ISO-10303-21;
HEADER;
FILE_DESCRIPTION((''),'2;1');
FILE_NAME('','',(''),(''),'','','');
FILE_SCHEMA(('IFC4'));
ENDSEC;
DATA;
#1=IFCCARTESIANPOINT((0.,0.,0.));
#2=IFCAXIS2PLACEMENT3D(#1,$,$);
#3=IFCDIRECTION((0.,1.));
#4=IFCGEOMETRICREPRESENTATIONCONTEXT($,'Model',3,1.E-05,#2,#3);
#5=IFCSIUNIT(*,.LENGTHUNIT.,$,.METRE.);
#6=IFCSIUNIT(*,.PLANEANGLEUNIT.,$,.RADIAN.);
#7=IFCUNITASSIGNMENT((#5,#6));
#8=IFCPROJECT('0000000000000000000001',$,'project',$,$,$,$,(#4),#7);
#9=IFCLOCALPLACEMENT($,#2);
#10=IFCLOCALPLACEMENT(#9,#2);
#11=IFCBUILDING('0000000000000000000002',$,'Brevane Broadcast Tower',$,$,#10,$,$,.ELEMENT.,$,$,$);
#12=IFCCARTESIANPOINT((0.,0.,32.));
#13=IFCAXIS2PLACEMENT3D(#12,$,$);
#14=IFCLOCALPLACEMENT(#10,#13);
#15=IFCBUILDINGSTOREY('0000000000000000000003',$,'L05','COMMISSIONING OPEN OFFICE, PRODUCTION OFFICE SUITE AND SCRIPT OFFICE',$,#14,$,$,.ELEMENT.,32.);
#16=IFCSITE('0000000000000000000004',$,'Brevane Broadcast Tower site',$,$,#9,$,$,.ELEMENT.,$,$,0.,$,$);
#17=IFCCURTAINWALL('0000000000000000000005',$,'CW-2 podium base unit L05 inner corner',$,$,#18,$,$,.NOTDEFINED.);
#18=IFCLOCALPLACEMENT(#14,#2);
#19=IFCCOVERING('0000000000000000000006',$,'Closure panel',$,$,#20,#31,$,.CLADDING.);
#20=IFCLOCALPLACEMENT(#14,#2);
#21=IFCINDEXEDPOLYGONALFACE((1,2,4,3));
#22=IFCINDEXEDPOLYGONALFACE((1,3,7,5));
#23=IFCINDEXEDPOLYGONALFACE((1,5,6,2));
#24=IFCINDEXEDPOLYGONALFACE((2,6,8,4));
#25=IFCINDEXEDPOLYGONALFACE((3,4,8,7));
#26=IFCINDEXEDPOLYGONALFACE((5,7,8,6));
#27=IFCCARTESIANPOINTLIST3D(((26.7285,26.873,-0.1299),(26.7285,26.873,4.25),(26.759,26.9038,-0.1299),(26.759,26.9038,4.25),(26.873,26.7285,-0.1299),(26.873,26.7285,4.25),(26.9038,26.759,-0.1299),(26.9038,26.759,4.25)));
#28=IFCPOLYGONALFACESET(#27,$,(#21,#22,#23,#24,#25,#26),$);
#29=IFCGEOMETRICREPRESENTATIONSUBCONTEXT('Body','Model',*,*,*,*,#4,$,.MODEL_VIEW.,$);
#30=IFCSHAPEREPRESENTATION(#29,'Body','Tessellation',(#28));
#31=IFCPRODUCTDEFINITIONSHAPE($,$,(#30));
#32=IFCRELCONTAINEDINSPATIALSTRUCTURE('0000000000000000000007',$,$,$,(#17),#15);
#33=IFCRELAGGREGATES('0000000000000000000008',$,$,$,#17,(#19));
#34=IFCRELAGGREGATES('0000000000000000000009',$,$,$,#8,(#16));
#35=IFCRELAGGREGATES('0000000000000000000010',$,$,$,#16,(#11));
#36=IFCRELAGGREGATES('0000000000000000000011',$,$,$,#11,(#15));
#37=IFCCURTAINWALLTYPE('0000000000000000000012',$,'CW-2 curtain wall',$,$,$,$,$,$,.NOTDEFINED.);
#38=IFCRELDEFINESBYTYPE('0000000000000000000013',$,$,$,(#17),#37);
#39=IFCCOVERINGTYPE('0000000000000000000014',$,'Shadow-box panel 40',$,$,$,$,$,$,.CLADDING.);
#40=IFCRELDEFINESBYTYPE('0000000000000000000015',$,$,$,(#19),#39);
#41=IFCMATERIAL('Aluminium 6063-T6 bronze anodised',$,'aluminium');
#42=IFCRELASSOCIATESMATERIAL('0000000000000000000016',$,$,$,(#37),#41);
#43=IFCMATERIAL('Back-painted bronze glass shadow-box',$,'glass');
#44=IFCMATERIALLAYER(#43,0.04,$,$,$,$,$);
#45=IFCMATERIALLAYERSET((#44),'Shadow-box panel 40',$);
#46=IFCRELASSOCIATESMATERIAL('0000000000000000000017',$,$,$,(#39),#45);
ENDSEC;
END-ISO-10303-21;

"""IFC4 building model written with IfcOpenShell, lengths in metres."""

from ifc_helpers import new_model, si_unit, direction, frame, origin, place, context, subcontext, project, spatial, polyline, outline, extrude, material, layer, layer_set, type_object, element, aggregate, save


model = new_model("IFC4")

# Units and contexts
model_context = context("Model", 3, precision=1e-05, world=origin(), true_north=direction((0.0, 1.0)))
body_context = subcontext(model_context, "Body", "Model", "MODEL_VIEW")
ifc_project = project(units=[si_unit("LENGTHUNIT", "METRE"), si_unit("PLANEANGLEUNIT", "RADIAN")], contexts=[model_context])

# Site, building, storey
site_placement = place(None, origin())
site = spatial("IfcSite", under=ifc_project, at=site_placement, Name="Brevane Broadcast Tower site", CompositionType="ELEMENT", RefElevation=0.0)
building_placement = place(site_placement, origin())
building = spatial("IfcBuilding", under=site, at=building_placement, Name="Brevane Broadcast Tower", CompositionType="ELEMENT")
storey_placement = place(building_placement, frame((0.0, 0.0, 32.0)))
storey = spatial("IfcBuildingStorey", under=building, at=storey_placement, Name="L05", Description="COMMISSIONING OPEN OFFICE, PRODUCTION OFFICE SUITE AND SCRIPT OFFICE", CompositionType="ELEMENT", Elevation=32.0)

# Shared definitions
ifc_material_1 = material(Name="Aluminium 6063-T6 bronze anodised", Category="aluminium")
curtain_wall_type = type_object("IfcCurtainWallType", Name="CW-2 curtain wall", PredefinedType="NOTDEFINED", material=ifc_material_1)

# Curtain wall, covering
curtain_wall_1_placement = place(storey_placement, origin())
curtain_wall_1 = element("IfcCurtainWall", 1, at=curtain_wall_1_placement, inside=storey, type_object=curtain_wall_type, Name="CW-2 podium base unit L05 inner corner", PredefinedType="NOTDEFINED")
ifc_material_2 = material(Name="Back-painted bronze glass shadow-box", Category="glass")
ifc_layer_1 = layer(ifc_material_2, 0.04)
ifc_layer_set_1 = layer_set([ifc_layer_1], Name="Shadow-box panel 40")
covering_type = type_object("IfcCoveringType", Name="Shadow-box panel 40", PredefinedType="CLADDING", material=ifc_layer_set_1)
covering_placement = place(storey_placement, frame((0.0, 0.0, -0.1299)))
covering = element("IfcCovering", 2, at=covering_placement, type_object=covering_type, Name="Closure panel", PredefinedType="CLADDING", context=body_context, shape_type="SweptSolid", body=[
    extrude(outline(polyline([(26.873, 26.7285), (26.9038, 26.759), (26.759, 26.9038), (26.7285, 26.873), (26.873, 26.7285)])), origin(), (0.0, 0.0, 1.0), 4.3799),
])
aggregate(curtain_wall_1, [covering])

save(model, "model.ifc")
